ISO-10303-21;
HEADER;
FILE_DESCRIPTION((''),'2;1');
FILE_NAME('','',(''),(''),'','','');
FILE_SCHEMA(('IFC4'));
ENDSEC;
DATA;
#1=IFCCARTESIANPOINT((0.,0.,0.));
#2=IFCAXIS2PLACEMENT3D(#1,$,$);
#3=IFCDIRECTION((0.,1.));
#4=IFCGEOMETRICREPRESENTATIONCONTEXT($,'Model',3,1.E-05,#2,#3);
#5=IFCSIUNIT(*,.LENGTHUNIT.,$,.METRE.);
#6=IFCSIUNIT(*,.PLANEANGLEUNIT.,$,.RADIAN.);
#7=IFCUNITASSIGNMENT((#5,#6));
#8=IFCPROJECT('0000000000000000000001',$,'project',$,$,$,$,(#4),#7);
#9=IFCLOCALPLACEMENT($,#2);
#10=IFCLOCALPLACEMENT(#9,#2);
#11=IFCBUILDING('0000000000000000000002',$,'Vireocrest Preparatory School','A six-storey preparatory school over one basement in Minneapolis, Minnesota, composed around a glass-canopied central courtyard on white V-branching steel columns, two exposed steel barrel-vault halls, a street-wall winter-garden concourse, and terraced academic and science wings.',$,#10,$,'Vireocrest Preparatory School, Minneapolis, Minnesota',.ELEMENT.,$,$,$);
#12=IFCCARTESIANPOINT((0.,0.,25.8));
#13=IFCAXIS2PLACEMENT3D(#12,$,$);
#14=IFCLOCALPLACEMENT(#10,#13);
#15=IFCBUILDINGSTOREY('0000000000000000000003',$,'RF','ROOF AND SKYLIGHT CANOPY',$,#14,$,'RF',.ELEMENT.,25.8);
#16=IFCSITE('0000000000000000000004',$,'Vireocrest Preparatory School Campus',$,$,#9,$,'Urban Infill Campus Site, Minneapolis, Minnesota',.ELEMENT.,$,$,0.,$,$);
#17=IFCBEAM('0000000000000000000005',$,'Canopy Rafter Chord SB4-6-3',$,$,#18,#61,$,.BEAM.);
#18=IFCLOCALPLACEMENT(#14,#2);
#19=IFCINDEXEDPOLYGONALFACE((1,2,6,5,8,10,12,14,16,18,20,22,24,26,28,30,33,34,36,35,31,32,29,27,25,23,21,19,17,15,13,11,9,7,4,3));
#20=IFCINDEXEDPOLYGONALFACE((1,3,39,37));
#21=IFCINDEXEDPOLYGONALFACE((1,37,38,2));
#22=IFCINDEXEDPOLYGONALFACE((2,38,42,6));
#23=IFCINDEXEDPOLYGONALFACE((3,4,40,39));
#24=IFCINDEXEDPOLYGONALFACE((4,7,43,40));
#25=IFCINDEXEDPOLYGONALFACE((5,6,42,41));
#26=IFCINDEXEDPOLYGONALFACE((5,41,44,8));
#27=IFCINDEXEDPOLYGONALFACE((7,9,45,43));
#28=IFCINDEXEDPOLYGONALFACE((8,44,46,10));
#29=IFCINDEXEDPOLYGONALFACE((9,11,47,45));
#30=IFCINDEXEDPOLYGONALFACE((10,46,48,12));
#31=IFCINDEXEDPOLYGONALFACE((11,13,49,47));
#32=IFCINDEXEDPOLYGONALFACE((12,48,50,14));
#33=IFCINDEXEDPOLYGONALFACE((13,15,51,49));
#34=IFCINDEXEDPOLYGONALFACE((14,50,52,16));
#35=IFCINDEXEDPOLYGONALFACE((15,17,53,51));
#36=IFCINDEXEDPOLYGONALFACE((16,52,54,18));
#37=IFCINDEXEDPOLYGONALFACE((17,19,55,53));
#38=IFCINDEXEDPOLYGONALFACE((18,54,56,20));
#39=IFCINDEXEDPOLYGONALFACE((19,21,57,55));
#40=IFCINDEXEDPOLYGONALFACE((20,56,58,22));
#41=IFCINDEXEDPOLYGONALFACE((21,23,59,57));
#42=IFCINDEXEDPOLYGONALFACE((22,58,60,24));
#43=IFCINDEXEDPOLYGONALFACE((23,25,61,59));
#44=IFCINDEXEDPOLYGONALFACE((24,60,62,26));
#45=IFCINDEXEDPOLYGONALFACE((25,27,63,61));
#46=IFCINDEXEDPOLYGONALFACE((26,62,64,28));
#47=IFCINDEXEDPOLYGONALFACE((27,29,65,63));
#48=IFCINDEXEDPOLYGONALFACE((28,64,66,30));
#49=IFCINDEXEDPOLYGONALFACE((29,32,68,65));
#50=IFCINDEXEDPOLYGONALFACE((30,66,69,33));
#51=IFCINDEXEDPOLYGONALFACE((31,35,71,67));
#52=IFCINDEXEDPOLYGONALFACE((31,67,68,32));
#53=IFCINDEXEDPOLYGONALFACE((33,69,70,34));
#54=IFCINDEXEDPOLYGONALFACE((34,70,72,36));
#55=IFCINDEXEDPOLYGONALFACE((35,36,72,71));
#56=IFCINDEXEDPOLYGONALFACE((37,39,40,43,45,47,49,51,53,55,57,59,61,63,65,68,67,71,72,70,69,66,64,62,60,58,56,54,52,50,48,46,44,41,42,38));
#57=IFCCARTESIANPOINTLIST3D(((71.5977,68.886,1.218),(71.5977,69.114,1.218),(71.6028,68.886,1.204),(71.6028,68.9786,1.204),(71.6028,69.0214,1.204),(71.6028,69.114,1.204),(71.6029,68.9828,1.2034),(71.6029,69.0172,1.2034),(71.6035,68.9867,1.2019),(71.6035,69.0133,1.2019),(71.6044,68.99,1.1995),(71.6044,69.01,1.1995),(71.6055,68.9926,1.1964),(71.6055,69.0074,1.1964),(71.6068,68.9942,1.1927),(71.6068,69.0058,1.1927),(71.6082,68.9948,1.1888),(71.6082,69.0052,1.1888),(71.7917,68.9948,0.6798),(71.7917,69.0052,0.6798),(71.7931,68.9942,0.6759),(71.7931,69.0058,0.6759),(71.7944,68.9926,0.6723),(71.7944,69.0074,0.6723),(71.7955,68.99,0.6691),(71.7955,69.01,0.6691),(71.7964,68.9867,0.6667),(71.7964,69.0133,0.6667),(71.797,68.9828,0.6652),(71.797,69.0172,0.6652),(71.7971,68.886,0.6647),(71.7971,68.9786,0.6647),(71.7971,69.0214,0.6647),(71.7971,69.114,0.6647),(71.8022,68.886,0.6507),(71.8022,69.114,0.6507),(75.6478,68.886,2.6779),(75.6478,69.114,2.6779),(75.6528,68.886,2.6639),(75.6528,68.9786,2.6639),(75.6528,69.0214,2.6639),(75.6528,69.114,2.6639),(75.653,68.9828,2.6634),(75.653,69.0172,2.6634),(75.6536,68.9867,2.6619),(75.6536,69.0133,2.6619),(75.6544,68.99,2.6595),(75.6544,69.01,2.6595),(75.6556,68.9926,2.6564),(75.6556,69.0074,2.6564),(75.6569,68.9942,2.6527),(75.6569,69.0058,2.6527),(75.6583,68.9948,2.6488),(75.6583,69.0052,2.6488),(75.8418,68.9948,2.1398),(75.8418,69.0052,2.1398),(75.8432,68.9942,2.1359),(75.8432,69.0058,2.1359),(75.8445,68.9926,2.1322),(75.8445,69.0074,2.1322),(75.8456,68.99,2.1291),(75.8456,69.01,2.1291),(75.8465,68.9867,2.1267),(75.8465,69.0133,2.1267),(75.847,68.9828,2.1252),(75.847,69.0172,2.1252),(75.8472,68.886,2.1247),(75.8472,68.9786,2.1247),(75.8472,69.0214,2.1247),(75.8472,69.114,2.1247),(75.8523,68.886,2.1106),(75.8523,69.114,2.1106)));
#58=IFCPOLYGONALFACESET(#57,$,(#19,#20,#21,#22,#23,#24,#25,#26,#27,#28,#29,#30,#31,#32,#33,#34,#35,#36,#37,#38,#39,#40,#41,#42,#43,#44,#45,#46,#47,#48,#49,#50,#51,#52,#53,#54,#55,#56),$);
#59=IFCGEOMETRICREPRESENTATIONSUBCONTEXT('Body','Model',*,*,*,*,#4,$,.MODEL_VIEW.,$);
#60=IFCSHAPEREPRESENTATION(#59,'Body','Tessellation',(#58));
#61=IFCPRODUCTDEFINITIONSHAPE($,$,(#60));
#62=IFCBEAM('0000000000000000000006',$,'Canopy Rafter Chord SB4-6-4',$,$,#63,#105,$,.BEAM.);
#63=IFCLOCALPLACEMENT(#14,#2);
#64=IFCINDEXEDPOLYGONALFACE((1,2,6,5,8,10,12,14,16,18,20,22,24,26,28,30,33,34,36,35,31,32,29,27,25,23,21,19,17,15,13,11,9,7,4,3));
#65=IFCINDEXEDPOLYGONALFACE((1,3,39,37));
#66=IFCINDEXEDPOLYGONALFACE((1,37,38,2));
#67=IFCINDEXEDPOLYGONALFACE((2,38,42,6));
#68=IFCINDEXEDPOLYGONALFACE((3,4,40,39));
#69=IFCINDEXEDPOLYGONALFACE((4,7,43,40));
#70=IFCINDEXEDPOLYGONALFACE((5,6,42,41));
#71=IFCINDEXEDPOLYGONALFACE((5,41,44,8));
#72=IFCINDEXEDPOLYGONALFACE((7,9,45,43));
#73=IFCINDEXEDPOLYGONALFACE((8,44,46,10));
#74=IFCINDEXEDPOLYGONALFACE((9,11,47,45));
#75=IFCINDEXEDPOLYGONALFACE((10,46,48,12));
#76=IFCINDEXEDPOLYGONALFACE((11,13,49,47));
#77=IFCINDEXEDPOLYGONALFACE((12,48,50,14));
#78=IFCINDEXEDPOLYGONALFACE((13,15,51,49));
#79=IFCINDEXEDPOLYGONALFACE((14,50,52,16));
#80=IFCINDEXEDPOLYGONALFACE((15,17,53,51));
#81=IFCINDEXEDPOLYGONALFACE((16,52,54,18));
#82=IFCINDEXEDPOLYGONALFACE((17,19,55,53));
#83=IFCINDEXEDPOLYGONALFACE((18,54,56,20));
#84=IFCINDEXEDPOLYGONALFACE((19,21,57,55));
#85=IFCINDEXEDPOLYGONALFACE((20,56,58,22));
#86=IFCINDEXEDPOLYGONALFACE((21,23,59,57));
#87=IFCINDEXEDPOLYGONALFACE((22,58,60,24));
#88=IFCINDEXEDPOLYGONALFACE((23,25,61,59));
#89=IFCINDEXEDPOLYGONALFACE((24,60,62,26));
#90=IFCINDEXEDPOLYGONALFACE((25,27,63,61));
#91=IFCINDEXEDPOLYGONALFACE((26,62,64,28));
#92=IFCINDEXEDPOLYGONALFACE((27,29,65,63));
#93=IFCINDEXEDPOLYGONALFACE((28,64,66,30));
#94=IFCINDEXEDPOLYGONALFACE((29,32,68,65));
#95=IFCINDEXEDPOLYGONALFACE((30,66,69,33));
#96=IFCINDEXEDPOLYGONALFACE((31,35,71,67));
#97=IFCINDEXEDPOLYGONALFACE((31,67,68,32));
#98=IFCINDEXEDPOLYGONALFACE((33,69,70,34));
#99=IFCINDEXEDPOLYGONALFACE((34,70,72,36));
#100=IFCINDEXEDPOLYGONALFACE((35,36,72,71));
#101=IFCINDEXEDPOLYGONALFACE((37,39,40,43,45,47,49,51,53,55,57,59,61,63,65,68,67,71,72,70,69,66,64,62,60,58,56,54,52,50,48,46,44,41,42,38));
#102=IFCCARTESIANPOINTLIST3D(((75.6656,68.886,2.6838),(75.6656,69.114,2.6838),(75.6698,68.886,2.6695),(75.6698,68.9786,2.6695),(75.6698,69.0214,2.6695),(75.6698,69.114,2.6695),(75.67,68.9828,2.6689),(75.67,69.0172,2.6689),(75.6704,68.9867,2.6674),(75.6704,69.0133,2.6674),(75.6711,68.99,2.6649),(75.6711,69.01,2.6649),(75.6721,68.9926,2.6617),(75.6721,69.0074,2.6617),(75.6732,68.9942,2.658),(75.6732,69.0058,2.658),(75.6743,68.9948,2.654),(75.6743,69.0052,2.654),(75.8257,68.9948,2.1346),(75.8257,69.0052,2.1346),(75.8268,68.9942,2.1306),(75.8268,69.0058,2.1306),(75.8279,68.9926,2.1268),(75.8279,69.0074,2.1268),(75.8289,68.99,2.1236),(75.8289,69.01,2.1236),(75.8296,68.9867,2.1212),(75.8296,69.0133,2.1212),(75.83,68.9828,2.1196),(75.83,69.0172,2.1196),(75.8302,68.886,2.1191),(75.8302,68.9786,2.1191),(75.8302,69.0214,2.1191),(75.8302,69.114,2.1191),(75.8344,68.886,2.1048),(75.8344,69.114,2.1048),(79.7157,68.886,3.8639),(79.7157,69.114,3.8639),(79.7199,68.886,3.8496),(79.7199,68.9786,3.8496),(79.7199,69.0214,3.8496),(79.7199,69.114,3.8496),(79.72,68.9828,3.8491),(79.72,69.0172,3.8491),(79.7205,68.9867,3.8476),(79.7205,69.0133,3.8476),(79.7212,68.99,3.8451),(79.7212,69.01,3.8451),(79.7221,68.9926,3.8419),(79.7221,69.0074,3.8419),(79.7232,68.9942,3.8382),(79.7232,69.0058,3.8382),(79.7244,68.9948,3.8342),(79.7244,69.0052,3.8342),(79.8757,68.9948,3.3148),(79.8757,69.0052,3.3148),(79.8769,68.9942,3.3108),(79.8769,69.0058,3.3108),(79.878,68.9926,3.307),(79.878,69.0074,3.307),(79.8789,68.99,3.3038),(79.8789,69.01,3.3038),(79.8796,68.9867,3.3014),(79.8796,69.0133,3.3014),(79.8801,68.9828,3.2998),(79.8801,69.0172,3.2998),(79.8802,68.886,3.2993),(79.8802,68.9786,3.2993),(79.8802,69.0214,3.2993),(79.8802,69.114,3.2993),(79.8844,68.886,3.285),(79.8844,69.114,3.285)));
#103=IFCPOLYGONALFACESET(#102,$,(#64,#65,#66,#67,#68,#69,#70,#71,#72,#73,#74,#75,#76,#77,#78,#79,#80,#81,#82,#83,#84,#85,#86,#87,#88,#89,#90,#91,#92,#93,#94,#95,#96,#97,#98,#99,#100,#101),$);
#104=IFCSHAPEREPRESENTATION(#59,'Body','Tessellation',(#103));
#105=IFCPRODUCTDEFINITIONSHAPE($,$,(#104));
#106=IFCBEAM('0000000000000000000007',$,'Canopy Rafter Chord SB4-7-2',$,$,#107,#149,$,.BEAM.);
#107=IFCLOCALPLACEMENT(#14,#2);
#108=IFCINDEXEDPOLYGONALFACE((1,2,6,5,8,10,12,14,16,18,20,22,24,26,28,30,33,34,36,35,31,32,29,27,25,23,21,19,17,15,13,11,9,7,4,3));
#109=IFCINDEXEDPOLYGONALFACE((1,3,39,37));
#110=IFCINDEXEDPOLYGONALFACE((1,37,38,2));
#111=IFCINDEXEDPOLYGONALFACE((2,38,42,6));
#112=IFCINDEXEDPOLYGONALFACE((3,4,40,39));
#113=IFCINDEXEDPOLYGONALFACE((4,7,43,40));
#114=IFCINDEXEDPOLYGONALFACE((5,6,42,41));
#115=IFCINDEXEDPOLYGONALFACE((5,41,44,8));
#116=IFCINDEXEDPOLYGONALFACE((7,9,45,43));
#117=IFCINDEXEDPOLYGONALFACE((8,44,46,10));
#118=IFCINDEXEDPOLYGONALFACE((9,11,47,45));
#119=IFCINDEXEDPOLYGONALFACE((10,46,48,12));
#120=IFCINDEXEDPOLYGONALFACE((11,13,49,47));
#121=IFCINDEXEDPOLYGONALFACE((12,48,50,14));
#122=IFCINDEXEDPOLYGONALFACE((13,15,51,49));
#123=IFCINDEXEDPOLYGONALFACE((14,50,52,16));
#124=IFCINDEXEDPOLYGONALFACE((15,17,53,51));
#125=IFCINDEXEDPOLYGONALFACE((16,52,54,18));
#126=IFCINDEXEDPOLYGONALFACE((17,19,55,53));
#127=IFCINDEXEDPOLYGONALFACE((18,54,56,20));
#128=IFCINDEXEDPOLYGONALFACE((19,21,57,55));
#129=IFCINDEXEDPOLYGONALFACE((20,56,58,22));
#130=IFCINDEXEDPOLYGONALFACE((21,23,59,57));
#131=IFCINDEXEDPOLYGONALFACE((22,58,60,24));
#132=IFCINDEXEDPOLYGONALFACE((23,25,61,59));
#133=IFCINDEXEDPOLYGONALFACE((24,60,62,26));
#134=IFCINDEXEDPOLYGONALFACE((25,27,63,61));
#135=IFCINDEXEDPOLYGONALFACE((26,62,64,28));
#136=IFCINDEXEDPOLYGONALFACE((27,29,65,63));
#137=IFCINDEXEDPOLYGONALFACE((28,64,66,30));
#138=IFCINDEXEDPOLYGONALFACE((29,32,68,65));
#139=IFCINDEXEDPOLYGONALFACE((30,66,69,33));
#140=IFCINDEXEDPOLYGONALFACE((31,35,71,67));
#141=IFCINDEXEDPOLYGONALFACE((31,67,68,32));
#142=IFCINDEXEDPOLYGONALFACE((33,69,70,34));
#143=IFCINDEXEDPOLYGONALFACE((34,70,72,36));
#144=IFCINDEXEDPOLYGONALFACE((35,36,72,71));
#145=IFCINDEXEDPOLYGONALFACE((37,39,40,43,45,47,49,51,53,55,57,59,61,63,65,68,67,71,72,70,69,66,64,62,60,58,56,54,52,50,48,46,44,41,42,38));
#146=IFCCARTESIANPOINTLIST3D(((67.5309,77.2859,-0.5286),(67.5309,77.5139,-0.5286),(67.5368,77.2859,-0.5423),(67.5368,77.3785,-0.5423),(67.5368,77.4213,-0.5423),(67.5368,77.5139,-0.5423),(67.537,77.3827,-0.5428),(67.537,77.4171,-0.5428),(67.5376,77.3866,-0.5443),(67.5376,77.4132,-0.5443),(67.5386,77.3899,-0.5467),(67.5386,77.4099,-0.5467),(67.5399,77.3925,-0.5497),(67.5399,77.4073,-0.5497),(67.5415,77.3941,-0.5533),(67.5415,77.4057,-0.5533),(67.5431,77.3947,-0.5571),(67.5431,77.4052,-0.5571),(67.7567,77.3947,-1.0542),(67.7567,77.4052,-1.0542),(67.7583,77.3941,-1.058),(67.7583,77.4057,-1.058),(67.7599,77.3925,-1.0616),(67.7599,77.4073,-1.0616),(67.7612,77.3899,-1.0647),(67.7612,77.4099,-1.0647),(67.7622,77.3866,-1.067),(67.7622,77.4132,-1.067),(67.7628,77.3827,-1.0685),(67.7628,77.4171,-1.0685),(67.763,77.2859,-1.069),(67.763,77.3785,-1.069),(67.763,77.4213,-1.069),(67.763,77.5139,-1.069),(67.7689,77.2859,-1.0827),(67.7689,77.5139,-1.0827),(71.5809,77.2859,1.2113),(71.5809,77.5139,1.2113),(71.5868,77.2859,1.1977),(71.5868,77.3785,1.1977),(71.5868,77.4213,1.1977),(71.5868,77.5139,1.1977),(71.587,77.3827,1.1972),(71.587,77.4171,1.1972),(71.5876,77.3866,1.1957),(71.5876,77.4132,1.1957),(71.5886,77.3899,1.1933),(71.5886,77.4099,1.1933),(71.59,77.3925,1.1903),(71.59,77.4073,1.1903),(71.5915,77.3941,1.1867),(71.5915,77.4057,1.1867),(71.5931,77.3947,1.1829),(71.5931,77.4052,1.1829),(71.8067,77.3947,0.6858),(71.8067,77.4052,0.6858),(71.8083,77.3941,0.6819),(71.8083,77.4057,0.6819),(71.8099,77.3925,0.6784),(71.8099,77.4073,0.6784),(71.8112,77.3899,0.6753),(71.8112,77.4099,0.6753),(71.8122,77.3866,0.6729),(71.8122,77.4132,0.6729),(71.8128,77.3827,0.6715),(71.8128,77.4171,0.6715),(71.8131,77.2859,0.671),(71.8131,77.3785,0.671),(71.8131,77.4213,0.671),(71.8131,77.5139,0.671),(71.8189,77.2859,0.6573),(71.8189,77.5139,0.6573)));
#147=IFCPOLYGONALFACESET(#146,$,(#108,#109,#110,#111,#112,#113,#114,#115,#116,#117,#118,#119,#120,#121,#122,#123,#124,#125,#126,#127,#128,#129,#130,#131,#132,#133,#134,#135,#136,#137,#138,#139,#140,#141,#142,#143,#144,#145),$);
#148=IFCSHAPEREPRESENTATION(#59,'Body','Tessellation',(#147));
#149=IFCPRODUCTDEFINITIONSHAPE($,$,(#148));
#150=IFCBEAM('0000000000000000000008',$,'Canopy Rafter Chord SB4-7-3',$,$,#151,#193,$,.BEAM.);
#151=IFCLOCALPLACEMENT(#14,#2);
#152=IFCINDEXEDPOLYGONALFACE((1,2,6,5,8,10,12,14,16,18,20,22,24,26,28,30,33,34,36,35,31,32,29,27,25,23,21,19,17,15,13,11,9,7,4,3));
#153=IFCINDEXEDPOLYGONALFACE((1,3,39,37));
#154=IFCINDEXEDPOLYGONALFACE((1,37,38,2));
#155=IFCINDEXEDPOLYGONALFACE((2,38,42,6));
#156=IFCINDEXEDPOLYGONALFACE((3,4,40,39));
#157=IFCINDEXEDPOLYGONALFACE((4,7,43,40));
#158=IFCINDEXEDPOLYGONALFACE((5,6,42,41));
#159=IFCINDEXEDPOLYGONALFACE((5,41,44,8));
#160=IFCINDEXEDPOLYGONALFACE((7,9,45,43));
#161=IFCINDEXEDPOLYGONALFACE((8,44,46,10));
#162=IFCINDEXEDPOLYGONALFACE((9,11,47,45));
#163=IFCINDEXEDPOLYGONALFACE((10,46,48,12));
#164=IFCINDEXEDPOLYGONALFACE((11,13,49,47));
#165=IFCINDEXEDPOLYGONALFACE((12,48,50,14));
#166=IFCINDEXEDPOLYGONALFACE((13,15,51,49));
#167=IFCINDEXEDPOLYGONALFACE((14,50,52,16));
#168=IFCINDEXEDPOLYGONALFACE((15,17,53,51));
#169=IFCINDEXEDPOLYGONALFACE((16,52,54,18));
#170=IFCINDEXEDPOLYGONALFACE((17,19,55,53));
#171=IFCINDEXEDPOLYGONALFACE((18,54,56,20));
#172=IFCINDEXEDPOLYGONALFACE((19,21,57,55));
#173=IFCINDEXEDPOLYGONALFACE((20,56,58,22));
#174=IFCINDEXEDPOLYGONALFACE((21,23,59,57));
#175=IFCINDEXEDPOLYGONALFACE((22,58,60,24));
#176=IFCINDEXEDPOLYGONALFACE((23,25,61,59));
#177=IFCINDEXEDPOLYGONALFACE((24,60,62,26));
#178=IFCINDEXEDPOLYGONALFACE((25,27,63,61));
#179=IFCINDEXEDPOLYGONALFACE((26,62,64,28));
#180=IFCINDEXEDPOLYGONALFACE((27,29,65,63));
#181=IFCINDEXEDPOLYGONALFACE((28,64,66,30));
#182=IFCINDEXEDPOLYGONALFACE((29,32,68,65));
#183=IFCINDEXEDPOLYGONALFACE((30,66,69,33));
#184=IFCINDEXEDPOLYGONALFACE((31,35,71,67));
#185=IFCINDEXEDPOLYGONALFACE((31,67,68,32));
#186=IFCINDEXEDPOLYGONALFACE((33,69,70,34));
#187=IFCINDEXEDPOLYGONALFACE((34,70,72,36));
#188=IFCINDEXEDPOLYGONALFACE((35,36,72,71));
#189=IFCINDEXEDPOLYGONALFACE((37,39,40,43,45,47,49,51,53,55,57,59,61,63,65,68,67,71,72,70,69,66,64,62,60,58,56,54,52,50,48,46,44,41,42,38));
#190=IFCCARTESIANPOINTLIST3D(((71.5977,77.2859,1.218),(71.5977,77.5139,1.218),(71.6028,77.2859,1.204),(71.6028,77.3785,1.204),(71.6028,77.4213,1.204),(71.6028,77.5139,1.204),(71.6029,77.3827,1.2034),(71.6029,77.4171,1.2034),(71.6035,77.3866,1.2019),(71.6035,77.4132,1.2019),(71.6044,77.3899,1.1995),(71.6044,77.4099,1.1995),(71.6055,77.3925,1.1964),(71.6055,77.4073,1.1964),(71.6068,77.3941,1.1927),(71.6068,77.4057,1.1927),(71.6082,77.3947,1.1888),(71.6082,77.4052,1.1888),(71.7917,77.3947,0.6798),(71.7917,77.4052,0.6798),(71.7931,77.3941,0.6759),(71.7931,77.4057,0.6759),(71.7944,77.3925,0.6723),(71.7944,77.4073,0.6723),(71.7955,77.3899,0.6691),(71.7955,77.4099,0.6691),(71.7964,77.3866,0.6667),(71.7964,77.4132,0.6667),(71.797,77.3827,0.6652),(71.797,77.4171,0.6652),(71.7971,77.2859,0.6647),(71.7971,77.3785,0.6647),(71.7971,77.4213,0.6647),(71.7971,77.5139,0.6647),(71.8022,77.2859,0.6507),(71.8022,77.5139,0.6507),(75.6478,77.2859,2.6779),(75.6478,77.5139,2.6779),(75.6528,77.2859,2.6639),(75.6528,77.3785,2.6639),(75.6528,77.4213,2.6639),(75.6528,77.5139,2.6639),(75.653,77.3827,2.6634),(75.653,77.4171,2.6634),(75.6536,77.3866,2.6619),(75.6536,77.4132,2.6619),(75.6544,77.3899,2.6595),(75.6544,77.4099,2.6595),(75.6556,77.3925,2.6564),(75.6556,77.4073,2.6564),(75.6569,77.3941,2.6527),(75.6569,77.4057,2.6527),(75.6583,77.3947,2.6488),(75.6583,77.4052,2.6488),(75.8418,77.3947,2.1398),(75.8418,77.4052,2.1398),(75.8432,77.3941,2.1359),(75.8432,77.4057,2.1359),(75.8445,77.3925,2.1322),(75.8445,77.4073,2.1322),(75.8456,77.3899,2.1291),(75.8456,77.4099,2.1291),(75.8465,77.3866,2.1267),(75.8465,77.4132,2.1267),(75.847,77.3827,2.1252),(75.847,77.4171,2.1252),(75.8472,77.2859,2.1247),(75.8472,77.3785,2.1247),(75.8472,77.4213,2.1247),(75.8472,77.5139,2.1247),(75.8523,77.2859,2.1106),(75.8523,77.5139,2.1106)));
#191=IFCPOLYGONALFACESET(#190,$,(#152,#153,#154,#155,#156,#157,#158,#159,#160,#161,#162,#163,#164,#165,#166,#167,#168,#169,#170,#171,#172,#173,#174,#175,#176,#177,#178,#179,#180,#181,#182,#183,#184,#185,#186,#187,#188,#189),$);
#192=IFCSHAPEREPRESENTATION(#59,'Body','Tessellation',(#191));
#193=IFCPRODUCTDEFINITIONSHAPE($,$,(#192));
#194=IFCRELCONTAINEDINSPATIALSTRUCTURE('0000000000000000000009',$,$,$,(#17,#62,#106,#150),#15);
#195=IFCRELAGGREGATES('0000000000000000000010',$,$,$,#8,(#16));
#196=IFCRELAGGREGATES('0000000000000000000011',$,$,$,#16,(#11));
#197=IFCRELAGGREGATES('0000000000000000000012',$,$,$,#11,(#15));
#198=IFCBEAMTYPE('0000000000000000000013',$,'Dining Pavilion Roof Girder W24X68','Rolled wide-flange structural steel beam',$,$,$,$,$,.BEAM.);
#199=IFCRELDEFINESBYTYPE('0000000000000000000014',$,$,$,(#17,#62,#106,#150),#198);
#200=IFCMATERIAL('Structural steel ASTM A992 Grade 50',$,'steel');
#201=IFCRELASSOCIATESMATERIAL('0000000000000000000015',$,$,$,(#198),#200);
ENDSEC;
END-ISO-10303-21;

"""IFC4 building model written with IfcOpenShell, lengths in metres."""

from ifc_helpers import new_model, si_unit, direction, frame, origin, origin_2d, place, context, subcontext, project, spatial, i_section, extrude, material, material_profile, profile_set, type_object, element, save


model = new_model("IFC4")

# Units and contexts
model_context = context("Model", 3, precision=1e-05, world=origin(), true_north=direction((0.0, 1.0)))
body_context = subcontext(model_context, "Body", "Model", "MODEL_VIEW")
ifc_project = project(units=[si_unit("LENGTHUNIT", "METRE"), si_unit("PLANEANGLEUNIT", "RADIAN")], contexts=[model_context])

# Site, building, storey
site_placement = place(None, origin())
site = spatial("IfcSite", under=ifc_project, at=site_placement, Name="Vireocrest Preparatory School Campus", LongName="Urban Infill Campus Site, Minneapolis, Minnesota", CompositionType="ELEMENT", RefElevation=0.0)
building_placement = place(site_placement, origin())
building = spatial("IfcBuilding", under=site, at=building_placement, Name="Vireocrest Preparatory School", Description="A six-storey preparatory school over one basement in Minneapolis, Minnesota, composed around a glass-canopied central courtyard on white V-branching steel columns, two exposed steel barrel-vault halls, a street-wall winter-garden concourse, and terraced academic and science wings.", LongName="Vireocrest Preparatory School, Minneapolis, Minnesota", CompositionType="ELEMENT")
storey_placement = place(building_placement, frame((0.0, 0.0, 25.8)))
storey = spatial("IfcBuildingStorey", under=building, at=storey_placement, Name="RF", Description="ROOF AND SKYLIGHT CANOPY", LongName="RF", CompositionType="ELEMENT", Elevation=25.8)

# Beams
ifc_material_1 = material(Name="Structural steel ASTM A992 Grade 50", Category="steel")
ifc_material_profile_1 = material_profile(ifc_material_1, i_section(OverallWidth=0.228, OverallDepth=0.603, WebThickness=0.0105, FlangeThickness=0.0149, FilletRadius=0.0161, at=origin_2d()), Name="W24X68")
ifc_profile_set_1 = profile_set([ifc_material_profile_1], Name="Structural steel ASTM A992 Grade 50")
beam_type = type_object("IfcBeamType", Name="Dining Pavilion Roof Girder W24X68", Description="Rolled wide-flange structural steel beam", PredefinedType="BEAM", material=ifc_profile_set_1)
beam_1_placement = place(storey_placement, frame((71.7, 69.0, 0.9343), z_axis=(0.940743, 0.0, 0.339119), x_axis=(0.0, 1.0, 0.0)))
element("IfcBeam", 1, at=beam_1_placement, inside=storey, type_object=beam_type, Name="Canopy Rafter Chord SB4-6-3", PredefinedType="BEAM", context=body_context, shape_type="SweptSolid", body=[
    extrude(i_section(OverallWidth=0.228, OverallDepth=0.603, WebThickness=0.0105, FlangeThickness=0.0149, FilletRadius=0.0161, at=origin_2d()), origin(), (0.0, 0.0, 1.0), 4.3052),
])
beam_2_placement = place(storey_placement, frame((75.75, 69.0, 2.3943), z_axis=(0.960069, 0.0, 0.279762), x_axis=(0.0, 1.0, 0.0)))
element("IfcBeam", 2, at=beam_2_placement, inside=storey, type_object=beam_type, Name="Canopy Rafter Chord SB4-6-4", PredefinedType="BEAM", context=body_context, shape_type="SweptSolid", body=[
    extrude(i_section(OverallWidth=0.228, OverallDepth=0.603, WebThickness=0.0105, FlangeThickness=0.0149, FilletRadius=0.0161, at=origin_2d()), origin(), (0.0, 0.0, 1.0), 4.2185),
])
beam_3_placement = place(storey_placement, frame((67.6499, 77.3999, -0.8057), z_axis=(0.918795, 0.0, 0.394735), x_axis=(0.0, 1.0, 0.0)))
element("IfcBeam", 3, at=beam_3_placement, inside=storey, type_object=beam_type, Name="Canopy Rafter Chord SB4-7-2", PredefinedType="BEAM", context=body_context, shape_type="SweptSolid", body=[
    extrude(i_section(OverallWidth=0.228, OverallDepth=0.603, WebThickness=0.0105, FlangeThickness=0.0149, FilletRadius=0.0161, at=origin_2d()), origin(), (0.0, 0.0, 1.0), 4.408),
])
beam_4_placement = place(storey_placement, frame((71.7, 77.3999, 0.9343), z_axis=(0.940743, 0.0, 0.339119), x_axis=(0.0, 1.0, 0.0)))
element("IfcBeam", 4, at=beam_4_placement, inside=storey, type_object=beam_type, Name="Canopy Rafter Chord SB4-7-3", PredefinedType="BEAM", context=body_context, shape_type="SweptSolid", body=[
    extrude(i_section(OverallWidth=0.228, OverallDepth=0.603, WebThickness=0.0105, FlangeThickness=0.0149, FilletRadius=0.0161, at=origin_2d()), origin(), (0.0, 0.0, 1.0), 4.3052),
])

save(model, "model.ifc")
